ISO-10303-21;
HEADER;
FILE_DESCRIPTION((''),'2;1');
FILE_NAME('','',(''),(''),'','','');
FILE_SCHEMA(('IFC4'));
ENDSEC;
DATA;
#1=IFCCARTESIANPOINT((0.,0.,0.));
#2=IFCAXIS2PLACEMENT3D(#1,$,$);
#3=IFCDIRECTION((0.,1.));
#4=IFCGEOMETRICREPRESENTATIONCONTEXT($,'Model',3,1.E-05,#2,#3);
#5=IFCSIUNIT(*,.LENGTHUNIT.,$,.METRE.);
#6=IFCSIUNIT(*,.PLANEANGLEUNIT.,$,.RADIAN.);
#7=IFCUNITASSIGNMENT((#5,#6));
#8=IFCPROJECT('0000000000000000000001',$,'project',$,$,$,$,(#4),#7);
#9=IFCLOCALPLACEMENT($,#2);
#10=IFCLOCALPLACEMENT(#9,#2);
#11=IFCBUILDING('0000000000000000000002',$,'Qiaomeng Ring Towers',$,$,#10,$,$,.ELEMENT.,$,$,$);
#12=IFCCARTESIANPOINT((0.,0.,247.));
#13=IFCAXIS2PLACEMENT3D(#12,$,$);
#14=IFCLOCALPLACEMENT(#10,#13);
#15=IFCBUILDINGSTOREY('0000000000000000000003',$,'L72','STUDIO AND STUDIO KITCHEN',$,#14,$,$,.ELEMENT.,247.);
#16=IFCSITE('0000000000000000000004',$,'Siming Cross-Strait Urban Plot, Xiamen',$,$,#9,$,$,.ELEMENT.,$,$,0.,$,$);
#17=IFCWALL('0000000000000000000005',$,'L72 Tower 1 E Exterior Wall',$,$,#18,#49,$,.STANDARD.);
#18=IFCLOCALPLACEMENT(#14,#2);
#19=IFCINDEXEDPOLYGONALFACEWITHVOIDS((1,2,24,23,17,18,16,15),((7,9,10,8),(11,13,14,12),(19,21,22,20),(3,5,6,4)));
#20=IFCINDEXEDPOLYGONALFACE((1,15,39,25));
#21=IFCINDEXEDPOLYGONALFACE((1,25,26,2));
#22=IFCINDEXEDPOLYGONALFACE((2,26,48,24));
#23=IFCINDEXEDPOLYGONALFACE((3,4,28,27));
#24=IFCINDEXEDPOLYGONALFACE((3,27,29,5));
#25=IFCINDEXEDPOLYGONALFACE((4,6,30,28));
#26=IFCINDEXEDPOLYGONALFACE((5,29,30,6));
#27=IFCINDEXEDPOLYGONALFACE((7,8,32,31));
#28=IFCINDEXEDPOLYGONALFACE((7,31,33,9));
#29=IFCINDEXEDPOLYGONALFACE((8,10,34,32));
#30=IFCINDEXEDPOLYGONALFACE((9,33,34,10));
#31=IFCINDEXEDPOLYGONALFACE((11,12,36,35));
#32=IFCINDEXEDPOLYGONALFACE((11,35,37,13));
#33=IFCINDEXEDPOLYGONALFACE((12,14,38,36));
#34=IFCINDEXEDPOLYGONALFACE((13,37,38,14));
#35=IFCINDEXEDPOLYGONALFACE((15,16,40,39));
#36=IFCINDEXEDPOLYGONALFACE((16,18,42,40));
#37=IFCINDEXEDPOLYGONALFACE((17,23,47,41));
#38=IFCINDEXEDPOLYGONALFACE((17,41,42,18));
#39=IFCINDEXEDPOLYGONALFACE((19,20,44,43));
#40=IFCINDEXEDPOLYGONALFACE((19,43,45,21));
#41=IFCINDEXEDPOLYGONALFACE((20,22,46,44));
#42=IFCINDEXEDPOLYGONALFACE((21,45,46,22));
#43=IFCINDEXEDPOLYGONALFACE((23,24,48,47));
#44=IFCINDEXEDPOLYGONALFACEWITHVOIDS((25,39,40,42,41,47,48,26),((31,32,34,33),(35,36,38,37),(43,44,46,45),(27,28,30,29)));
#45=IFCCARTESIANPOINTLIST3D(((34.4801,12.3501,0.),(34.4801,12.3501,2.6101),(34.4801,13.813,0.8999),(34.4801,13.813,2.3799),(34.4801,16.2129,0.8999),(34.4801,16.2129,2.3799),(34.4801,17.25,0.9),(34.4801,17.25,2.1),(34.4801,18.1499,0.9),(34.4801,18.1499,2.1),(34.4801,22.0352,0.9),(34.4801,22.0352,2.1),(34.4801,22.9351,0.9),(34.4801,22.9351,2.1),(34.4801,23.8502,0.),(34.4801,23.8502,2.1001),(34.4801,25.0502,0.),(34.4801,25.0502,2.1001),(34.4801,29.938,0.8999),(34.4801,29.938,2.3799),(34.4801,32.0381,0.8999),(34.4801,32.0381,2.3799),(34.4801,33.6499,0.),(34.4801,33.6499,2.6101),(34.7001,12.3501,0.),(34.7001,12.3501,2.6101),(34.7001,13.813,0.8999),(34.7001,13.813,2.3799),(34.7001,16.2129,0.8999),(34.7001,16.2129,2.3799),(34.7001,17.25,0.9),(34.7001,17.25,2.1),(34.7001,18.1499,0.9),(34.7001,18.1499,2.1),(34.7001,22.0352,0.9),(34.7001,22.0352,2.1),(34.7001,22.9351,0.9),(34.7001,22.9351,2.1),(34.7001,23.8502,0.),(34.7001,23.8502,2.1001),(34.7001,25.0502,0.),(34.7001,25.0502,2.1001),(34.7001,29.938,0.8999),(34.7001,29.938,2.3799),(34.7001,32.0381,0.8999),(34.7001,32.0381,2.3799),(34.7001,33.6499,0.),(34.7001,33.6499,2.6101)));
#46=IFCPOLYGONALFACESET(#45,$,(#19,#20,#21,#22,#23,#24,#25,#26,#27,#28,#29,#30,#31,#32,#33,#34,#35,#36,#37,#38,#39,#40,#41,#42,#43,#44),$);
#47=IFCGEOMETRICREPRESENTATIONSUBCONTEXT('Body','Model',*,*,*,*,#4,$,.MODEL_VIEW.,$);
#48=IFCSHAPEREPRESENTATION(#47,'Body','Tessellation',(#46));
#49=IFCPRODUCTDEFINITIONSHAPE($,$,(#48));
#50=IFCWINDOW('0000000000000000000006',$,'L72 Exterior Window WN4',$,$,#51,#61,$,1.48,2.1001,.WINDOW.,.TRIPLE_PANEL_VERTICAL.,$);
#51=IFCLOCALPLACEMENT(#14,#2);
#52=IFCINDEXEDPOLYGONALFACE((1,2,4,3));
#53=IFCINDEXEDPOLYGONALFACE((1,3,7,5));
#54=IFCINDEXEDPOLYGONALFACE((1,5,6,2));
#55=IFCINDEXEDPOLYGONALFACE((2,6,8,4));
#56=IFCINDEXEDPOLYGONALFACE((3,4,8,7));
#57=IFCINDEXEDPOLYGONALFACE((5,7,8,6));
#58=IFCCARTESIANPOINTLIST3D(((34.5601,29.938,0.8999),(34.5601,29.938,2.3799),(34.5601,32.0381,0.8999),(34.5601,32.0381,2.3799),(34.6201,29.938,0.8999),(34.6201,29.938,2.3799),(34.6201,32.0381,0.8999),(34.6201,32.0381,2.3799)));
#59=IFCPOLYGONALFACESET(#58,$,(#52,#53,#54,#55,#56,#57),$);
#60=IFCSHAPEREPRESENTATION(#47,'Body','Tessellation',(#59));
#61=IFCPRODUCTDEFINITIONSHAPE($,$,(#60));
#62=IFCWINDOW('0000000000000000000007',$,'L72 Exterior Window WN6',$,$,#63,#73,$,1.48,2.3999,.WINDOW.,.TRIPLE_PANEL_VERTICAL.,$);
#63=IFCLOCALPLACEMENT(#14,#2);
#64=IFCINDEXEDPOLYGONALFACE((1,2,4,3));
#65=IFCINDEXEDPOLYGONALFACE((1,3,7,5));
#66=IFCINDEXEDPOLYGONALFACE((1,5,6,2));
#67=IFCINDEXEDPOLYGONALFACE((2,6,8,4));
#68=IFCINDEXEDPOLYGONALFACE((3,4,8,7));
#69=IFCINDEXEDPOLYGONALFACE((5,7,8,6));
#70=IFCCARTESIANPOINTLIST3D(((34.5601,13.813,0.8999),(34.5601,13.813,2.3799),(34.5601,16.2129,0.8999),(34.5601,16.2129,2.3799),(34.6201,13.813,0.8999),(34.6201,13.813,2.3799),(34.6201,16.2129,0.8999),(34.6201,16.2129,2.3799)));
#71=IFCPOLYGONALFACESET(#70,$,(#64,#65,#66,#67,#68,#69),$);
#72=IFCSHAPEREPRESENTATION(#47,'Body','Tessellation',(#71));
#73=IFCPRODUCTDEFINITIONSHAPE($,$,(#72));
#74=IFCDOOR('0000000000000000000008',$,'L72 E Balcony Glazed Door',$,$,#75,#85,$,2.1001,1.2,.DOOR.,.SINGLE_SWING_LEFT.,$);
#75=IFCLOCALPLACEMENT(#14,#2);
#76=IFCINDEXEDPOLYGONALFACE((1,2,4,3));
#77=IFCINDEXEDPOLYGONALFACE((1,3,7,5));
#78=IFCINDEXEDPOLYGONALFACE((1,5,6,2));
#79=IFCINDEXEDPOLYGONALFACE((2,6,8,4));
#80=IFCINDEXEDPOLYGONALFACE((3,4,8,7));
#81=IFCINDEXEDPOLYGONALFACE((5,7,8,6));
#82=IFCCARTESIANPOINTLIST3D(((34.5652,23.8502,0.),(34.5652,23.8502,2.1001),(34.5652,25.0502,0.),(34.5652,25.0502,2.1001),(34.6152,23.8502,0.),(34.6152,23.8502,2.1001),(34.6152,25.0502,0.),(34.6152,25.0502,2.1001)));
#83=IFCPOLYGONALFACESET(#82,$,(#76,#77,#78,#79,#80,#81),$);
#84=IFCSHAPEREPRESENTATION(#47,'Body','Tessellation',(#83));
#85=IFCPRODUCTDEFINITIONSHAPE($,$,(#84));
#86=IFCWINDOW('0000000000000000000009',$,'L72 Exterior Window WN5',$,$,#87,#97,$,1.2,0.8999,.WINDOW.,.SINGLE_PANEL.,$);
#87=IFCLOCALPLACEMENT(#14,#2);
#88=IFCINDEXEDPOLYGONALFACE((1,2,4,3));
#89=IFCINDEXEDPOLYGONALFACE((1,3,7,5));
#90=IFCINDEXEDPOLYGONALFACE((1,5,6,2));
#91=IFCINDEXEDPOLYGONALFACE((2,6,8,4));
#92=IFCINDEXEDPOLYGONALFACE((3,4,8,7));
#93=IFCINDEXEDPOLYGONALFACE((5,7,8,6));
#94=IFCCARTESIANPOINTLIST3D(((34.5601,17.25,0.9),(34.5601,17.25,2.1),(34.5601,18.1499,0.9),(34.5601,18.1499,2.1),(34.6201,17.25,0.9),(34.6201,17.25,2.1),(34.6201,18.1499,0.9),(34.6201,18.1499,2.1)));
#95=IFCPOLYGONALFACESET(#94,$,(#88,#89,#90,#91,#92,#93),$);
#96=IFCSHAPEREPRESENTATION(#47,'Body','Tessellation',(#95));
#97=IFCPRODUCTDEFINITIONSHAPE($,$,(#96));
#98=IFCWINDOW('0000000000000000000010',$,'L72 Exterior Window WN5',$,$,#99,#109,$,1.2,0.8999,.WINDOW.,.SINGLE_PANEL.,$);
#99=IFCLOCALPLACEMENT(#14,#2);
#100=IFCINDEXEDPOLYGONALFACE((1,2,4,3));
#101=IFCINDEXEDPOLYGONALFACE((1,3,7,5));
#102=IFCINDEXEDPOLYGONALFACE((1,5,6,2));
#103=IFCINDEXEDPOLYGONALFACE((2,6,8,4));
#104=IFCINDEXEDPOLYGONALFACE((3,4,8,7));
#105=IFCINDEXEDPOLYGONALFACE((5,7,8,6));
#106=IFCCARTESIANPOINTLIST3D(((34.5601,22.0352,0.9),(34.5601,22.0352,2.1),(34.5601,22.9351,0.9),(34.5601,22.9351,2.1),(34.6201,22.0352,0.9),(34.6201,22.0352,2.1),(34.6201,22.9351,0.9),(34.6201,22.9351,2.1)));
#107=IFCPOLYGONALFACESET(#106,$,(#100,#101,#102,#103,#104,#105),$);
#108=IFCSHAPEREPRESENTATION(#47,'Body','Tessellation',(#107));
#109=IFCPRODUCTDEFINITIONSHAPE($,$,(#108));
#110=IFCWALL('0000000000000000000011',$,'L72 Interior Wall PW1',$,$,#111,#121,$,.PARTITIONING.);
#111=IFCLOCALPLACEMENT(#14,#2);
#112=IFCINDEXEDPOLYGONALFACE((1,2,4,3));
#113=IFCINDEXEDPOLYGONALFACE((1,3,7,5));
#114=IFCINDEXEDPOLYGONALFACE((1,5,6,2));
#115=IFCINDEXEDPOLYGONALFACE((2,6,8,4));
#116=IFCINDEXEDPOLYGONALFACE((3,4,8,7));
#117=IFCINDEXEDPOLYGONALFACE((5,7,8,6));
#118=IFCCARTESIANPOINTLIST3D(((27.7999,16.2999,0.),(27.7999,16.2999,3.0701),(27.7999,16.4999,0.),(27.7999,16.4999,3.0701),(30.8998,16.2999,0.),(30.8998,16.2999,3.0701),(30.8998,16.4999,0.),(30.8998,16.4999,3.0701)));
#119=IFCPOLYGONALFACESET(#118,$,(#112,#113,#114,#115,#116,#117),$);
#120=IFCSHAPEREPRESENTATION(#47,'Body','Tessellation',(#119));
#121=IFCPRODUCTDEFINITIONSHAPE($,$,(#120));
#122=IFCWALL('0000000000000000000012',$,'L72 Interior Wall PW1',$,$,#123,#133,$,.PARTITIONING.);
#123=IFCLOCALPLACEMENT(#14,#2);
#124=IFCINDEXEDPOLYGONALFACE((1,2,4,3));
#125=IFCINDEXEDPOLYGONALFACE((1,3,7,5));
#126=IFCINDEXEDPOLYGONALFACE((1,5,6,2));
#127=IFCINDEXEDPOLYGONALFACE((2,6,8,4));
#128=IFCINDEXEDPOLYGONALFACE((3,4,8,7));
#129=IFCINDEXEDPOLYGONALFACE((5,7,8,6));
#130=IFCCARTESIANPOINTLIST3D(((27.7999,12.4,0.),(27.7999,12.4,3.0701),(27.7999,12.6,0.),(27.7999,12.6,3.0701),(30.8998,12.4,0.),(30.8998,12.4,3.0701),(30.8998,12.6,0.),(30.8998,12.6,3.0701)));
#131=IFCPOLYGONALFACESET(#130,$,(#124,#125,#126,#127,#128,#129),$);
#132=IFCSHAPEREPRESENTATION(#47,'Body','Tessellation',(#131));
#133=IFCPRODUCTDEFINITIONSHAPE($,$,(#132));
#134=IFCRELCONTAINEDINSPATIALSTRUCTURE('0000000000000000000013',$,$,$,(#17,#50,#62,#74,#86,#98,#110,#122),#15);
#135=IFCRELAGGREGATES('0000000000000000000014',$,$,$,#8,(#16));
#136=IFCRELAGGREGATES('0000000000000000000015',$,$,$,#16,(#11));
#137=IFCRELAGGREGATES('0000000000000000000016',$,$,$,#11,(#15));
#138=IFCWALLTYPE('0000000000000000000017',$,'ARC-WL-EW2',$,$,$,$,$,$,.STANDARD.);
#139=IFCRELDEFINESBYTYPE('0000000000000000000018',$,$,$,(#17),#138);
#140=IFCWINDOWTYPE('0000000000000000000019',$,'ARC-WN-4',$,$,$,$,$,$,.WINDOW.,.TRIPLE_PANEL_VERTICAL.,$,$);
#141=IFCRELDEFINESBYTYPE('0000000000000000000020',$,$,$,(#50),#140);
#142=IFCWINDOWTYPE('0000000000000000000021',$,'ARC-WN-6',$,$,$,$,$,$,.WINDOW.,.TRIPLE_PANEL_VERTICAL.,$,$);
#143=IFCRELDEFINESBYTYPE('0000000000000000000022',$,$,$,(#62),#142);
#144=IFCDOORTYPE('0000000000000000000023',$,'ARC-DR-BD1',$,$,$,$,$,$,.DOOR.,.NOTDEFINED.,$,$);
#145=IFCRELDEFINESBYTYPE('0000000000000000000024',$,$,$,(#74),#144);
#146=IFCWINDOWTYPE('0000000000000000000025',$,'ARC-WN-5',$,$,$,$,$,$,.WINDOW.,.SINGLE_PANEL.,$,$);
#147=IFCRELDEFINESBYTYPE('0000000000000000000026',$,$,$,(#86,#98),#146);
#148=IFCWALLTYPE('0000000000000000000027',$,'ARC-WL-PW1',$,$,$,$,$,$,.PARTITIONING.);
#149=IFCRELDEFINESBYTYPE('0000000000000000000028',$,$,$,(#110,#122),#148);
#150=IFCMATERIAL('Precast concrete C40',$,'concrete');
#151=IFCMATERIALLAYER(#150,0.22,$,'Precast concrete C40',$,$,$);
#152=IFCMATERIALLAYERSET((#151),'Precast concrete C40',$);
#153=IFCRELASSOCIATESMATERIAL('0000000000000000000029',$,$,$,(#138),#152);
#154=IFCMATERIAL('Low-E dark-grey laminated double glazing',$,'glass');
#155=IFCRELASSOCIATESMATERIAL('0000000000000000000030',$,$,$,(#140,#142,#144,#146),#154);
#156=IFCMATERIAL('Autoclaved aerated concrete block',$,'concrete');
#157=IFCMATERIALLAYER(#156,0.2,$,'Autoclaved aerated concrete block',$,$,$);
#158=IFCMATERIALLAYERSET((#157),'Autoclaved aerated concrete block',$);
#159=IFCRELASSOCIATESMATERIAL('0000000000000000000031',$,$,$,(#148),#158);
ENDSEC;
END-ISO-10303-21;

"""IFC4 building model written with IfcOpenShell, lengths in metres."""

from ifc_helpers import new_model, si_unit, direction, frame, frame_2d, origin, place, context, subcontext, project, spatial, rectangle, extrude, source, transform, mapped, material, layer, layer_set, type_object, element, fill, save


model = new_model("IFC4")

# Units and contexts
model_context = context("Model", 3, precision=1e-05, world=origin(), true_north=direction((0.0, 1.0)))
body_context = subcontext(model_context, "Body", "Model", "MODEL_VIEW")
ifc_project = project(units=[si_unit("LENGTHUNIT", "METRE"), si_unit("PLANEANGLEUNIT", "RADIAN")], contexts=[model_context])

# Site, building, storey
site_placement = place(None, origin())
site = spatial("IfcSite", under=ifc_project, at=site_placement, Name="Siming Cross-Strait Urban Plot, Xiamen", CompositionType="ELEMENT", RefElevation=0.0)
building_placement = place(site_placement, origin())
building = spatial("IfcBuilding", under=site, at=building_placement, Name="Qiaomeng Ring Towers", CompositionType="ELEMENT")
storey_placement = place(building_placement, frame((0.0, 0.0, 247.0)))
storey = spatial("IfcBuildingStorey", under=building, at=storey_placement, Name="L72", Description="STUDIO AND STUDIO KITCHEN", CompositionType="ELEMENT", Elevation=247.0)

# Wall, openings, windows, door
ifc_material_1 = material(Name="Precast concrete C40", Category="concrete")
ifc_layer_1 = layer(ifc_material_1, 0.22, Name="Precast concrete C40")
ifc_layer_set_1 = layer_set([ifc_layer_1], Name="Precast concrete C40")
wall_type_1 = type_object("IfcWallType", Name="ARC-WL-EW2", PredefinedType="STANDARD", material=ifc_layer_set_1)
wall_1_placement = place(storey_placement, frame((34.5901, 12.3501, 0.0), z_axis=(0.0, 0.0, 1.0), x_axis=(0.0, 1.0, 0.0)))
wall_1 = element("IfcWall", 1, at=wall_1_placement, inside=storey, type_object=wall_type_1, Name="L72 Tower 1 E Exterior Wall", PredefinedType="STANDARD", context=body_context, shape_type="SweptSolid", body=[
    extrude(rectangle(XDim=21.2998, YDim=0.22, at=frame_2d((10.6499, 0.0))), origin(), (0.0, 0.0, 1.0), 2.6101),
])
opening_1_placement = place(wall_1_placement, frame((11.5, 0.0, 0.0)))
opening_1 = element("IfcOpeningElement", 2, at=opening_1_placement, cuts=wall_1, PredefinedType="OPENING", context=body_context, shape_type="SweptSolid", body=[
    extrude(rectangle(XDim=1.2, YDim=2.1001, at=frame_2d((0.6001, 1.05))), frame((0.0, 0.1199, 0.0), z_axis=(0.0, -1.0, 0.0), x_axis=(1.0, 0.0, 0.0)), (0.0, 0.0, 1.0), 0.24),
])
opening_2_placement = place(wall_1_placement, frame((1.4629, 0.0, 0.8999)))
opening_2 = element("IfcOpeningElement", 3, at=opening_2_placement, cuts=wall_1, PredefinedType="OPENING", context=body_context, shape_type="SweptSolid", body=[
    extrude(rectangle(XDim=2.3999, YDim=1.48, at=frame_2d((1.2, 0.74))), frame((0.0, 0.1199, 0.0), z_axis=(0.0, -1.0, 0.0), x_axis=(1.0, 0.0, 0.0)), (0.0, 0.0, 1.0), 0.24),
])
opening_3_placement = place(wall_1_placement, frame((17.5879, 0.0, 0.8999)))
opening_3 = element("IfcOpeningElement", 4, at=opening_3_placement, cuts=wall_1, PredefinedType="OPENING", context=body_context, shape_type="SweptSolid", body=[
    extrude(rectangle(XDim=2.1001, YDim=1.48, at=frame_2d((1.05, 0.74))), frame((0.0, 0.1199, 0.0), z_axis=(0.0, -1.0, 0.0), x_axis=(1.0, 0.0, 0.0)), (0.0, 0.0, 1.0), 0.24),
])
opening_4_placement = place(wall_1_placement, frame((4.8999, 0.0, 0.8999)))
opening_4 = element("IfcOpeningElement", 5, at=opening_4_placement, cuts=wall_1, PredefinedType="OPENING", context=body_context, shape_type="SweptSolid", body=[
    extrude(rectangle(XDim=0.8999, YDim=1.2, at=frame_2d((0.45, 0.6001))), frame((0.0, 0.1199, 0.0), z_axis=(0.0, -1.0, 0.0), x_axis=(1.0, 0.0, 0.0)), (0.0, 0.0, 1.0), 0.24),
])
opening_5_placement = place(wall_1_placement, frame((9.6851, 0.0, 0.8999)))
opening_5 = element("IfcOpeningElement", 6, at=opening_5_placement, cuts=wall_1, PredefinedType="OPENING", context=body_context, shape_type="SweptSolid", body=[
    extrude(rectangle(XDim=0.8999, YDim=1.2, at=frame_2d((0.45, 0.6001))), frame((0.0, 0.1199, 0.0), z_axis=(0.0, -1.0, 0.0), x_axis=(1.0, 0.0, 0.0)), (0.0, 0.0, 1.0), 0.24),
])
ifc_material_2 = material(Name="Low-E dark-grey laminated double glazing", Category="glass")
window_type_1 = type_object("IfcWindowType", Name="ARC-WN-4", PartitioningType="TRIPLE_PANEL_VERTICAL", PredefinedType="WINDOW", material=ifc_material_2)
shared_shape_1 = source(origin(), body_context, "Body", "SweptSolid", [
    extrude(rectangle(XDim=2.1001, YDim=1.48, at=frame_2d((1.05, 0.74))), frame((0.0, 0.03, 0.0), z_axis=(0.0, -1.0, 0.0), x_axis=(1.0, 0.0, 0.0)), (0.0, 0.0, 1.0), 0.0601),
])
window_1_placement = place(opening_3_placement, origin())
window_1 = element("IfcWindow", 7, at=window_1_placement, inside=storey, type_object=window_type_1, Name="L72 Exterior Window WN4", OverallHeight=1.48, OverallWidth=2.1001, PartitioningType="TRIPLE_PANEL_VERTICAL", PredefinedType="WINDOW", context=body_context, shape_type="MappedRepresentation", body=[
    mapped(shared_shape_1, transform((0.0, 0.0, 0.0), x_axis=(1.0, 0.0, 0.0), y_axis=(0.0, 1.0, 0.0), z_axis=(0.0, 0.0, 1.0), scale=1.0)),
])
fill(opening_3, window_1)
window_type_2 = type_object("IfcWindowType", Name="ARC-WN-6", PartitioningType="TRIPLE_PANEL_VERTICAL", PredefinedType="WINDOW", material=ifc_material_2)
shared_shape_2 = source(origin(), body_context, "Body", "SweptSolid", [
    extrude(rectangle(XDim=2.3999, YDim=1.48, at=frame_2d((1.2, 0.74))), frame((0.0, 0.03, 0.0), z_axis=(0.0, -1.0, 0.0), x_axis=(1.0, 0.0, 0.0)), (0.0, 0.0, 1.0), 0.0601),
])
window_2_placement = place(opening_2_placement, origin())
window_2 = element("IfcWindow", 8, at=window_2_placement, inside=storey, type_object=window_type_2, Name="L72 Exterior Window WN6", OverallHeight=1.48, OverallWidth=2.3999, PartitioningType="TRIPLE_PANEL_VERTICAL", PredefinedType="WINDOW", context=body_context, shape_type="MappedRepresentation", body=[
    mapped(shared_shape_2, transform((0.0, 0.0, 0.0), x_axis=(1.0, 0.0, 0.0), y_axis=(0.0, 1.0, 0.0), z_axis=(0.0, 0.0, 1.0), scale=1.0)),
])
fill(opening_2, window_2)
door_type_1 = type_object("IfcDoorType", Name="ARC-DR-BD1", OperationType="NOTDEFINED", PredefinedType="DOOR", material=ifc_material_2)
shared_shape_3 = source(origin(), body_context, "Body", "SweptSolid", [
    extrude(rectangle(XDim=1.2, YDim=2.1001, at=frame_2d((0.6001, 1.05))), frame((0.0, 0.0249, 0.0), z_axis=(0.0, -1.0, 0.0), x_axis=(1.0, 0.0, 0.0)), (0.0, 0.0, 1.0), 0.05),
])
door_1_placement = place(opening_1_placement, origin())
door_1 = element("IfcDoor", 9, at=door_1_placement, inside=storey, type_object=door_type_1, Name="L72 E Balcony Glazed Door", OperationType="SINGLE_SWING_LEFT", OverallHeight=2.1001, OverallWidth=1.2, PredefinedType="DOOR", context=body_context, shape_type="MappedRepresentation", body=[
    mapped(shared_shape_3, transform((0.0, 0.0, 0.0), x_axis=(1.0, 0.0, 0.0), y_axis=(0.0, 1.0, 0.0), z_axis=(0.0, 0.0, 1.0), scale=1.0)),
])
fill(opening_1, door_1)
window_type_3 = type_object("IfcWindowType", Name="ARC-WN-5", PartitioningType="SINGLE_PANEL", PredefinedType="WINDOW", material=ifc_material_2)
shared_shape_4 = source(origin(), body_context, "Body", "SweptSolid", [
    extrude(rectangle(XDim=0.8999, YDim=1.2, at=frame_2d((0.45, 0.6001))), frame((0.0, 0.03, 0.0), z_axis=(0.0, -1.0, 0.0), x_axis=(1.0, 0.0, 0.0)), (0.0, 0.0, 1.0), 0.0601),
])
window_3_placement = place(opening_4_placement, origin())
window_3 = element("IfcWindow", 10, at=window_3_placement, inside=storey, type_object=window_type_3, Name="L72 Exterior Window WN5", OverallHeight=1.2, OverallWidth=0.8999, PartitioningType="SINGLE_PANEL", PredefinedType="WINDOW", context=body_context, shape_type="MappedRepresentation", body=[
    mapped(shared_shape_4, transform((0.0, 0.0, 0.0), x_axis=(1.0, 0.0, 0.0), y_axis=(0.0, 1.0, 0.0), z_axis=(0.0, 0.0, 1.0), scale=1.0)),
])
fill(opening_4, window_3)
window_4_placement = place(opening_5_placement, origin())
window_4 = element("IfcWindow", 11, at=window_4_placement, inside=storey, type_object=window_type_3, Name="L72 Exterior Window WN5", OverallHeight=1.2, OverallWidth=0.8999, PartitioningType="SINGLE_PANEL", PredefinedType="WINDOW", context=body_context, shape_type="MappedRepresentation", body=[
    mapped(shared_shape_4, transform((0.0, 0.0, 0.0), x_axis=(1.0, 0.0, 0.0), y_axis=(0.0, 1.0, 0.0), z_axis=(0.0, 0.0, 1.0), scale=1.0)),
])
fill(opening_5, window_4)

# Walls
ifc_material_3 = material(Name="Autoclaved aerated concrete block", Category="concrete")
ifc_layer_2 = layer(ifc_material_3, 0.2, Name="Autoclaved aerated concrete block")
ifc_layer_set_2 = layer_set([ifc_layer_2], Name="Autoclaved aerated concrete block")
wall_type_2 = type_object("IfcWallType", Name="ARC-WL-PW1", PredefinedType="PARTITIONING", material=ifc_layer_set_2)
for number, where, z_axis, x_axis, name in (
    (12, (27.8, 16.3999, 0.0), (0.0, 0.0, 1.0), (1.0, 0.0, 0.0), "L72 Interior Wall PW1"),
    (13, (27.8, 12.5, 0.0), (0.0, 0.0, 1.0), (1.0, 0.0, 0.0), "L72 Interior Wall PW1"),
):
    element("IfcWall", number, at=place(storey_placement, frame(where, z_axis=z_axis, x_axis=x_axis)), inside=storey, type_object=wall_type_2, Name=name, PredefinedType="PARTITIONING", context=body_context, shape_type="SweptSolid", body=[
        extrude(rectangle(XDim=3.0999, YDim=0.2, at=frame_2d((1.5498, 0.0))), origin(), (0.0, 0.0, 1.0), 3.0701),
    ])

save(model, "model.ifc")
